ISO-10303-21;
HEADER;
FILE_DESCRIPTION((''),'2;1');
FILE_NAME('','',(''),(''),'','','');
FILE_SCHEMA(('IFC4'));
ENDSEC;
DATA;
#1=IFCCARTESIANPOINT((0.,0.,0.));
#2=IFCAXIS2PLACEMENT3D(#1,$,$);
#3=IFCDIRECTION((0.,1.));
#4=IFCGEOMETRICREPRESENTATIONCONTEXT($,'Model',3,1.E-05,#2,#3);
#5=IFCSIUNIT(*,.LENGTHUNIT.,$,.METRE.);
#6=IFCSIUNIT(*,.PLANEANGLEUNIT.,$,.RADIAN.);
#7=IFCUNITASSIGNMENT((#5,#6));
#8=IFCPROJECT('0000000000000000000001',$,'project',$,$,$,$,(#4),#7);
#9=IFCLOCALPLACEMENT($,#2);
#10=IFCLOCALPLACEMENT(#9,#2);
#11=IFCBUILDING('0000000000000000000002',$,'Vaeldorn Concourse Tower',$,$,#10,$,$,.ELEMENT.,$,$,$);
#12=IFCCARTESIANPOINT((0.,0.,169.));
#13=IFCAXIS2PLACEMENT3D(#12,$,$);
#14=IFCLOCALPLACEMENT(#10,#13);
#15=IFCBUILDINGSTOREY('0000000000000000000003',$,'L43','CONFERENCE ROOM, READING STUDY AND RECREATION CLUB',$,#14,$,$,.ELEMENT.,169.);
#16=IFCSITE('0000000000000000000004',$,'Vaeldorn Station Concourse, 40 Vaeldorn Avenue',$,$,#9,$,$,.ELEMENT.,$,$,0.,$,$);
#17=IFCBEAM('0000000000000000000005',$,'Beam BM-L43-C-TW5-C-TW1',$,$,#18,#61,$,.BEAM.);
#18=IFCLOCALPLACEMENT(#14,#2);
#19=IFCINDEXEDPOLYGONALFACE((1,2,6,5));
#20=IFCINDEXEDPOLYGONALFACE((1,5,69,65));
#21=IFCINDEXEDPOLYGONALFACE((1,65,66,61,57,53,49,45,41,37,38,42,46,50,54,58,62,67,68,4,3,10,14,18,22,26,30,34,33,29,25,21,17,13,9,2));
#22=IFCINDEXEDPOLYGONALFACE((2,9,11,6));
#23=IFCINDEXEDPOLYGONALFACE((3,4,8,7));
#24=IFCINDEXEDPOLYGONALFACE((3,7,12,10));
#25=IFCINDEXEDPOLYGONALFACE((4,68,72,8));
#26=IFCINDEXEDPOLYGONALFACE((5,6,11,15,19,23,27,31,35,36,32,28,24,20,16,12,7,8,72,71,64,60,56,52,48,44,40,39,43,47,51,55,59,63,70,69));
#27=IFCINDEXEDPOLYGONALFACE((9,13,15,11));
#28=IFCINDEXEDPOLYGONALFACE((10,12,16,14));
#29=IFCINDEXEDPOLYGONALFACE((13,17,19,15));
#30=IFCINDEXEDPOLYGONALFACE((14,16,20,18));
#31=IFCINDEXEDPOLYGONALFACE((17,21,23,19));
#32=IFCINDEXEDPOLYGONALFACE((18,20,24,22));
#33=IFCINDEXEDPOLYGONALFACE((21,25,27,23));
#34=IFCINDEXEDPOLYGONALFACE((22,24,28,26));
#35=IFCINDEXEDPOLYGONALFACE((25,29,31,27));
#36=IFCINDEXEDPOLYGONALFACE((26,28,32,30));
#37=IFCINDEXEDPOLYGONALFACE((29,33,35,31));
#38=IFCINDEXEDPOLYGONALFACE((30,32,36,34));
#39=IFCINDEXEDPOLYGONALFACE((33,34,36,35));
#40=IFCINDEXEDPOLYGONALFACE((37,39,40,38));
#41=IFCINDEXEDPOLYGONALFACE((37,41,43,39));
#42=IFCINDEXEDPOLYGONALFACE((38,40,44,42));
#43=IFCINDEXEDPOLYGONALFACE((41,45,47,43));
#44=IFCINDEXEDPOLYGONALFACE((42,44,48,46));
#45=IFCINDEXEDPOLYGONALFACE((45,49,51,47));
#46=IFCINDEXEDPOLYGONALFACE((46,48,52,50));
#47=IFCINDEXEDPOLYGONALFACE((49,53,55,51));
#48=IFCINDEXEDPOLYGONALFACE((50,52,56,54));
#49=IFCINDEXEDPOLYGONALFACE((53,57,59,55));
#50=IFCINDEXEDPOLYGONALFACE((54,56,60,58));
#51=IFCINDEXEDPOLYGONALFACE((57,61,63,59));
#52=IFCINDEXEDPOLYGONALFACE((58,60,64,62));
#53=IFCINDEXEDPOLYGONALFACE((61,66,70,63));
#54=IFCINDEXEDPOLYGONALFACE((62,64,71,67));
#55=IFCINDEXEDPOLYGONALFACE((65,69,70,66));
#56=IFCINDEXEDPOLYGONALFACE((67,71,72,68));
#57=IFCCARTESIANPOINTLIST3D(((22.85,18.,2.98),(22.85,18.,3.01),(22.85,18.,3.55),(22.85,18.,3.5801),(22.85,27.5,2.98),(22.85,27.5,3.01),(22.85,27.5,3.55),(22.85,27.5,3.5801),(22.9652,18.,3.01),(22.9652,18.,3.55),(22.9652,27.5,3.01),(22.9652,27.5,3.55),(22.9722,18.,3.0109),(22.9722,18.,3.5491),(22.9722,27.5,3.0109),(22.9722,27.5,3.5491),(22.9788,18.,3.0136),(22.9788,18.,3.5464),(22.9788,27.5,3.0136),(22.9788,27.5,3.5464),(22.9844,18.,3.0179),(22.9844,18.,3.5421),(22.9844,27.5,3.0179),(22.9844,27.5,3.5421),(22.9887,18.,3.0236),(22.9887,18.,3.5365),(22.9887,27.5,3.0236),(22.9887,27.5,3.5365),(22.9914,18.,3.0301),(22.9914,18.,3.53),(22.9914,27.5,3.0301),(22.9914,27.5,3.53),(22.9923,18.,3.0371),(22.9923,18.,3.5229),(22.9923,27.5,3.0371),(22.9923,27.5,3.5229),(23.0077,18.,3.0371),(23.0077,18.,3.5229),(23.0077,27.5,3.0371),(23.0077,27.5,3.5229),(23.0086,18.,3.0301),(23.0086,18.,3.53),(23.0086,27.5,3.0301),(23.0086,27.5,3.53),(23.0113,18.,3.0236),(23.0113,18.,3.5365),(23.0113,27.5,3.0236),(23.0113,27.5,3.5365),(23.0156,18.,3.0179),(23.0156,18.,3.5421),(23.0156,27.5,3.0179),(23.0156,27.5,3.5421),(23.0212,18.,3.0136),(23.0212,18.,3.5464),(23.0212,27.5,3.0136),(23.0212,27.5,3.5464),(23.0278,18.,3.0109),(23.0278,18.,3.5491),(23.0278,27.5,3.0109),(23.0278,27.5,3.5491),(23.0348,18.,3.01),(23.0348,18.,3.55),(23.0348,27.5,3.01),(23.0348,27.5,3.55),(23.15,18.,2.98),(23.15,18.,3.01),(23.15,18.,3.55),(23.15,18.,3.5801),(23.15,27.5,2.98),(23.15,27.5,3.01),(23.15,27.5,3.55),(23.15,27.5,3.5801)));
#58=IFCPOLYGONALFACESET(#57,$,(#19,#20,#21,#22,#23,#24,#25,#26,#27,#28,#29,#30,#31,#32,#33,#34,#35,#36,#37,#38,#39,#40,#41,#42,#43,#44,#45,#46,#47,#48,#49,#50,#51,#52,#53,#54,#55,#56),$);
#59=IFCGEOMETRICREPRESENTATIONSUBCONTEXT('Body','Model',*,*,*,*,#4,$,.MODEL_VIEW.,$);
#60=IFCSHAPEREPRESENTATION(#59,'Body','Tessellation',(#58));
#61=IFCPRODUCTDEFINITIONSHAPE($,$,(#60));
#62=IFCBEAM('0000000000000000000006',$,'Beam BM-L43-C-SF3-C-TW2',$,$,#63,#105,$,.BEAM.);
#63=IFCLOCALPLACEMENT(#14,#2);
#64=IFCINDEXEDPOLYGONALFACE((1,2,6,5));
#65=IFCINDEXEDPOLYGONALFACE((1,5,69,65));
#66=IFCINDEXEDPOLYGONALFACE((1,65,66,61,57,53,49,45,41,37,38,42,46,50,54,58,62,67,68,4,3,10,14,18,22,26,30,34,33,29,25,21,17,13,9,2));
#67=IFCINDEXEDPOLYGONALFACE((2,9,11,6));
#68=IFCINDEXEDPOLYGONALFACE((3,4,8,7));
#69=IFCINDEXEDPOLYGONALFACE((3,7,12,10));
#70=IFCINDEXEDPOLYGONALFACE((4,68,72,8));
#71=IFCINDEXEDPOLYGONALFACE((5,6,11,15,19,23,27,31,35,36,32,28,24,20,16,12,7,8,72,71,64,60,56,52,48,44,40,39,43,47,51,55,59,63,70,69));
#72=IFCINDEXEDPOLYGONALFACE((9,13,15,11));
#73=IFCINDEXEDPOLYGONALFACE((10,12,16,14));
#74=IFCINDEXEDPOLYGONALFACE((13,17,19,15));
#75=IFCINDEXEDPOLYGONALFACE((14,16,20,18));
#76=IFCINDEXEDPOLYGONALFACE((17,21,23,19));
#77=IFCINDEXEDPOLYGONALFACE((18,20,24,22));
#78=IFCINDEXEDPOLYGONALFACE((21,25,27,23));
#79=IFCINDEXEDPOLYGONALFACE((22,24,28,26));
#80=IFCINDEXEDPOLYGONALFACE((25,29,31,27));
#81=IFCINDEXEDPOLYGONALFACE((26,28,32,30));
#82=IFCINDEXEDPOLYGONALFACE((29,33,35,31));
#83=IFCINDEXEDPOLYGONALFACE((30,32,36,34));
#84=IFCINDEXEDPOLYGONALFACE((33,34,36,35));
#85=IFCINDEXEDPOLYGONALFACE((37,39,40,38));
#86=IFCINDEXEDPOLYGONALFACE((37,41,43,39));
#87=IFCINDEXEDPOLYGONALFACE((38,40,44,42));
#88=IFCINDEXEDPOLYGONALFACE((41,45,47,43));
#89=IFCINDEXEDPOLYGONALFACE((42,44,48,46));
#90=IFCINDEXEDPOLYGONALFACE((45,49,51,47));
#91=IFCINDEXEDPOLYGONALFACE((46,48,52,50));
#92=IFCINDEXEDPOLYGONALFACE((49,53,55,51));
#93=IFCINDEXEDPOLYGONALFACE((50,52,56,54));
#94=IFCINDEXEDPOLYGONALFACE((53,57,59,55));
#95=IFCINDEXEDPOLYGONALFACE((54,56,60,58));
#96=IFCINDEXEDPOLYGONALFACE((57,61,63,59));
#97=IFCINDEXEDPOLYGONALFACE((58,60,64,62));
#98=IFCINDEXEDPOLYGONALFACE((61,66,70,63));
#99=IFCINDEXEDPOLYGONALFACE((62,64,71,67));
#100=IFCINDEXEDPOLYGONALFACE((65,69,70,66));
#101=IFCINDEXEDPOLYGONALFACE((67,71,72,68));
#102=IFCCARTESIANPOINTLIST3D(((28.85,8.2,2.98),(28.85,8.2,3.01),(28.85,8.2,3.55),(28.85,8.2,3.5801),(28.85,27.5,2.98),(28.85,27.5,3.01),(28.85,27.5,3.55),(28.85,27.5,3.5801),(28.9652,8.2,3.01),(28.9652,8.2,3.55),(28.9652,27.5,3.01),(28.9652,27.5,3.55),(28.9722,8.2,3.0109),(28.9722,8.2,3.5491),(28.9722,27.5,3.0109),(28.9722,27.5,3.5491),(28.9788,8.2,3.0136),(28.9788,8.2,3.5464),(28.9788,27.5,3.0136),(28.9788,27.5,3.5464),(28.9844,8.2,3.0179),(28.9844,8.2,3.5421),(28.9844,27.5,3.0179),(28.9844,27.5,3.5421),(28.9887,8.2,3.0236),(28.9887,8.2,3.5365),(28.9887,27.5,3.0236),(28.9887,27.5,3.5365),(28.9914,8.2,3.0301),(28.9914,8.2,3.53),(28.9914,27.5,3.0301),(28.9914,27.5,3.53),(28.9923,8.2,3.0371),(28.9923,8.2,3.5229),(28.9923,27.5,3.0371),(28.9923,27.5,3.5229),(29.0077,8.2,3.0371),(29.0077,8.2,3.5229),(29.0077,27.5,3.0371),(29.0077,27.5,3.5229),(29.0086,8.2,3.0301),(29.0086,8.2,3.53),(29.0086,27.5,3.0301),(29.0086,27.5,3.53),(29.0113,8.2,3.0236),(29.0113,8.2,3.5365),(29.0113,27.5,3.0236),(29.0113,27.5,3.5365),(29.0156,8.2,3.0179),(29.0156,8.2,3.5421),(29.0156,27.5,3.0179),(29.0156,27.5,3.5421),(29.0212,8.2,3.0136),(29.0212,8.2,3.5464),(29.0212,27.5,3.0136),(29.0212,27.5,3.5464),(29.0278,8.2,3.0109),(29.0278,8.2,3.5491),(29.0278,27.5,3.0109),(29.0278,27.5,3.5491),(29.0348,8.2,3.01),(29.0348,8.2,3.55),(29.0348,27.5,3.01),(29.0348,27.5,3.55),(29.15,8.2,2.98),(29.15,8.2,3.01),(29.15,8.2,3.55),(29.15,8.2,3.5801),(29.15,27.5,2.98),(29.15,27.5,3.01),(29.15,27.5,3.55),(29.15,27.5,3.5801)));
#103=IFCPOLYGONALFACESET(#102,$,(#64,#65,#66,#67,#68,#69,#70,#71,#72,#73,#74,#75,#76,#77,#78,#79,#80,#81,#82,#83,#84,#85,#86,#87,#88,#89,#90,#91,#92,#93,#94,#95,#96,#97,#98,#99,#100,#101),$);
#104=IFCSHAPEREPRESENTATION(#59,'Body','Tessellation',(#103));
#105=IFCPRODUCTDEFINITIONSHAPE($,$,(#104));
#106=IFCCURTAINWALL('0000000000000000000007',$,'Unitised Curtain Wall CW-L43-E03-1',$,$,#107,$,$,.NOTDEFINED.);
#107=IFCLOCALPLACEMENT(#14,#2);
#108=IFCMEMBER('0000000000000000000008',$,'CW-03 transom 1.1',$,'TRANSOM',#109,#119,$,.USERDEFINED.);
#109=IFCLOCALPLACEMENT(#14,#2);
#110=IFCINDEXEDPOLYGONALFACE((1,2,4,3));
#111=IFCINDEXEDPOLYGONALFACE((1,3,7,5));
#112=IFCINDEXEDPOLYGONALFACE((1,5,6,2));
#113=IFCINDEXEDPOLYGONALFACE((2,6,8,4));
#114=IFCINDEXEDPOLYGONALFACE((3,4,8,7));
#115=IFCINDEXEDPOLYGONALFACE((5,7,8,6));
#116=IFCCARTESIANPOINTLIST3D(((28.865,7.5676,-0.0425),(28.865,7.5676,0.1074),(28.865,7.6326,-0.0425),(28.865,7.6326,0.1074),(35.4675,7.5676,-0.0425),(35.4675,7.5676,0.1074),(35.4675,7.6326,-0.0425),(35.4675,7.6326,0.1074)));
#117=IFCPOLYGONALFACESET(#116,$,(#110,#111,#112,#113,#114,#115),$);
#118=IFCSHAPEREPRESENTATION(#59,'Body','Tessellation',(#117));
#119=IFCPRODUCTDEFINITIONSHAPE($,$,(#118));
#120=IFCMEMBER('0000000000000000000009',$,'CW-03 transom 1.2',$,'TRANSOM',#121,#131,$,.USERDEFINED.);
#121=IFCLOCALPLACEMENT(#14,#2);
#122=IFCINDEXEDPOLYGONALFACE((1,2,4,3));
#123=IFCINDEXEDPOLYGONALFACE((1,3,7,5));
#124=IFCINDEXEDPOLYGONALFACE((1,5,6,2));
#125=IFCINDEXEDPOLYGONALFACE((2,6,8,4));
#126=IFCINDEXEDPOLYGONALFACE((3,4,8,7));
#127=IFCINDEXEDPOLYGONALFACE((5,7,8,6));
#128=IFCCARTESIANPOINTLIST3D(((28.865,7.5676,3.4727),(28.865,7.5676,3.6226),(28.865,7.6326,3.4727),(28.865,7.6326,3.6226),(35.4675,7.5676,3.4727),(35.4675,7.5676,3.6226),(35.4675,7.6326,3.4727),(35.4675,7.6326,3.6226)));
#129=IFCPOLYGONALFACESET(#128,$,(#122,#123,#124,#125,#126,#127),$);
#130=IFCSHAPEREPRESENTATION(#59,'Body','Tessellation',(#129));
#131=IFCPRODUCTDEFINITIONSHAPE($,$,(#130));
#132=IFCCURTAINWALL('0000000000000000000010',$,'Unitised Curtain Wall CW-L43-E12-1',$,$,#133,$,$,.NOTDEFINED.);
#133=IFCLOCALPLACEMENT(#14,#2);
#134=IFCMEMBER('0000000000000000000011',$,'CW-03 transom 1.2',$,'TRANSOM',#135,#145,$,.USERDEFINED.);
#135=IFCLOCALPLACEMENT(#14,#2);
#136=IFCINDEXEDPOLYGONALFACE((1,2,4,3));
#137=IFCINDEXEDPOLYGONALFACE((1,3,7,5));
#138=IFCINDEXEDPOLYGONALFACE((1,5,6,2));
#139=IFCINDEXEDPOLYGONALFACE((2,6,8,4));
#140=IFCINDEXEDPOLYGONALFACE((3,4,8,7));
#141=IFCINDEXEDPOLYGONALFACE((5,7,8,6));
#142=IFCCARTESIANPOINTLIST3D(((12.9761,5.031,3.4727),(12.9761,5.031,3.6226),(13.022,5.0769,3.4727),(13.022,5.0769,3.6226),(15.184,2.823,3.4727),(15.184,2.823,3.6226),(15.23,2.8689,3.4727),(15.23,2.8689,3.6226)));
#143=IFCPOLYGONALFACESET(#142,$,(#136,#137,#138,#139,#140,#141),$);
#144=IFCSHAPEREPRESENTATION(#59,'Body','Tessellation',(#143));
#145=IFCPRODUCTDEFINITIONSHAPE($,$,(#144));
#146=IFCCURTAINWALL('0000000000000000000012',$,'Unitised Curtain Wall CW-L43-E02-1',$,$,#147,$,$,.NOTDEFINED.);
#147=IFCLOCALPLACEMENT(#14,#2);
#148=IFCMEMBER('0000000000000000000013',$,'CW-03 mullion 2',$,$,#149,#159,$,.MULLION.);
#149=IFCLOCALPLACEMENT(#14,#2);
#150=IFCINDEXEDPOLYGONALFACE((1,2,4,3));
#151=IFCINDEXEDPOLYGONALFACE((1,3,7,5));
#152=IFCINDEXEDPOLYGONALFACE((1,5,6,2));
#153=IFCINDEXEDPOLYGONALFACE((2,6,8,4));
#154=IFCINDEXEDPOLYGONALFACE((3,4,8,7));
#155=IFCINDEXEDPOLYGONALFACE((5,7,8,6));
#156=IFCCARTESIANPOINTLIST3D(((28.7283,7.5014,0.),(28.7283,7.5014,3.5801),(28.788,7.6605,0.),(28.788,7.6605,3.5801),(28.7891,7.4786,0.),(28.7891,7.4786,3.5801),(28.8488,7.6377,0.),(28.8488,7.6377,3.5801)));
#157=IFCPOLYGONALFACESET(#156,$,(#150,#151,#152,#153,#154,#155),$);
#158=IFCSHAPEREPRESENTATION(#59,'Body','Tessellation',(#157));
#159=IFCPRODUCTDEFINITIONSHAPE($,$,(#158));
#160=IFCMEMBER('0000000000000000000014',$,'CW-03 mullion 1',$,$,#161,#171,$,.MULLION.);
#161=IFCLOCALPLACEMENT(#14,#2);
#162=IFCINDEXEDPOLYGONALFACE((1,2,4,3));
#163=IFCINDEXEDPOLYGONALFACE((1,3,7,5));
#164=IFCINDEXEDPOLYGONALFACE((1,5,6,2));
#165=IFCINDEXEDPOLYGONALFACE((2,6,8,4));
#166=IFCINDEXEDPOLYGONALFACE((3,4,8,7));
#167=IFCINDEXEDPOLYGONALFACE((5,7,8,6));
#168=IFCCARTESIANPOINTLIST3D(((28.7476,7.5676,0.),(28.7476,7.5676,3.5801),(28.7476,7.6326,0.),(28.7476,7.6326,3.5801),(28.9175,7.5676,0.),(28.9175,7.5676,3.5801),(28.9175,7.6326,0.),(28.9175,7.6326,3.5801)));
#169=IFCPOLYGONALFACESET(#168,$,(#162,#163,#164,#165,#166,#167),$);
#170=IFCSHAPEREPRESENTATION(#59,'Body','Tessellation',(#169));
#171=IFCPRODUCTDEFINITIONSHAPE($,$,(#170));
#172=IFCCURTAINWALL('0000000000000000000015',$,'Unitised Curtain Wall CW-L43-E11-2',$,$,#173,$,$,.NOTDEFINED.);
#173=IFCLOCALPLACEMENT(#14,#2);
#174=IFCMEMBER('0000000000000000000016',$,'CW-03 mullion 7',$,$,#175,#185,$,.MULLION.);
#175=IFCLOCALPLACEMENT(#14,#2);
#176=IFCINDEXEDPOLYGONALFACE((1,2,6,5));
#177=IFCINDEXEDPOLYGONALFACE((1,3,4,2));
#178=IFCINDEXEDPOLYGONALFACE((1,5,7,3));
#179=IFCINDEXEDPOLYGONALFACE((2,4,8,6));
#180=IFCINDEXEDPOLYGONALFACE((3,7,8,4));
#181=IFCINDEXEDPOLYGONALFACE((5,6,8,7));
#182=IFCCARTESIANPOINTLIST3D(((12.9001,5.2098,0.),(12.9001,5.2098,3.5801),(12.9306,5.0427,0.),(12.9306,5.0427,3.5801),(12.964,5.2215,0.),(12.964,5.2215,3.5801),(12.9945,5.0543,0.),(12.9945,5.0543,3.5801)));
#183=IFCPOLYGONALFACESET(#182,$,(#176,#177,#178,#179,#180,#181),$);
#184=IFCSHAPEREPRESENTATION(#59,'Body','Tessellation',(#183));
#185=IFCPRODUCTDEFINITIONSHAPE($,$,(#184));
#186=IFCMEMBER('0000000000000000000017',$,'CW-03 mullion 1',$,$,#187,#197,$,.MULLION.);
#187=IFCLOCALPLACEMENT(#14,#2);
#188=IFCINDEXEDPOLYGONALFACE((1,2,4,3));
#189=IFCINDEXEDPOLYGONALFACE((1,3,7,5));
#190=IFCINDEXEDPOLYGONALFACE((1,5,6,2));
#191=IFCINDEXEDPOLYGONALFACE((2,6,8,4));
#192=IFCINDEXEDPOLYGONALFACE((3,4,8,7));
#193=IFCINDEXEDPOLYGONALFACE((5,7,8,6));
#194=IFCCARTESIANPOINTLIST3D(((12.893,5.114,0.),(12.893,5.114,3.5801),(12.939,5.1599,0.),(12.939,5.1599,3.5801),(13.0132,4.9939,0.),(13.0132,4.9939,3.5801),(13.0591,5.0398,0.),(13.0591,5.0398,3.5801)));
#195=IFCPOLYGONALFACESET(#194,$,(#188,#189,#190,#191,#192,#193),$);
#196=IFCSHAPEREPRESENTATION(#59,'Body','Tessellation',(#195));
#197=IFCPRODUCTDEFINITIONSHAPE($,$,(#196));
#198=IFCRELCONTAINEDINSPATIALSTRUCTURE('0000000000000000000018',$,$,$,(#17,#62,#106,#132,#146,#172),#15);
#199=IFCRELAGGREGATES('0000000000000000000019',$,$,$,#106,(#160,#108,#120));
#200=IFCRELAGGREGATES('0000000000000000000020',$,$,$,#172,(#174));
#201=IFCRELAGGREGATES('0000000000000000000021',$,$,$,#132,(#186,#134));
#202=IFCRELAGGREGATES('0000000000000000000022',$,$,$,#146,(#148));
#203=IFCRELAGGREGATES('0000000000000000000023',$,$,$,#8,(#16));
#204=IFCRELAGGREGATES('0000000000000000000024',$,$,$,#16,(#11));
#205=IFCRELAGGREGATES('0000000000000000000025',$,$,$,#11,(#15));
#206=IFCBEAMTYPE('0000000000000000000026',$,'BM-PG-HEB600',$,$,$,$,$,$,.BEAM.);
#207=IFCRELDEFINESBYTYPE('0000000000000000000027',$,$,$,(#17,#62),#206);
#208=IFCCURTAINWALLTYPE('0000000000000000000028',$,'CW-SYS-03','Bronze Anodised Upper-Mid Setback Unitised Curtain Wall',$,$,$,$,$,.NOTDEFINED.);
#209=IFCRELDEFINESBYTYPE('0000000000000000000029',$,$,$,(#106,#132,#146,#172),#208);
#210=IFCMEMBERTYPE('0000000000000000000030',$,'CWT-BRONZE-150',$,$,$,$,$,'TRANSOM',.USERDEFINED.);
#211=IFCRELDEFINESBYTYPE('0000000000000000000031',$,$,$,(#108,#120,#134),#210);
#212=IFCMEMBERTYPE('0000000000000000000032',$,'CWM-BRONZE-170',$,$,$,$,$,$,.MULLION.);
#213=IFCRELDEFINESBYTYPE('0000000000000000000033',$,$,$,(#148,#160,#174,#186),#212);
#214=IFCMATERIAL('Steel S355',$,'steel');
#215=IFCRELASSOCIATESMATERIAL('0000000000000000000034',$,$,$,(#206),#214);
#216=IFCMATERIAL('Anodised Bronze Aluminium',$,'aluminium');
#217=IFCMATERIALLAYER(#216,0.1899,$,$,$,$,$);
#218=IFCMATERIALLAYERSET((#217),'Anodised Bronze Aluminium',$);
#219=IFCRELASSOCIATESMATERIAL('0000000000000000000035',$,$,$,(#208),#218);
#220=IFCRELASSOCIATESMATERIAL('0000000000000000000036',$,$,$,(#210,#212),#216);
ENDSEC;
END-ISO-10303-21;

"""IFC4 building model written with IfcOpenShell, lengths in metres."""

from ifc_helpers import new_model, si_unit, direction, frame, origin, origin_2d, place, context, subcontext, project, spatial, rectangle, i_section, extrude, source, transform, mapped, material, layer, layer_set, material_profile, profile_set, type_object, element, aggregate, save


model = new_model("IFC4")

# Units and contexts
model_context = context("Model", 3, precision=1e-05, world=origin(), true_north=direction((0.0, 1.0)))
body_context = subcontext(model_context, "Body", "Model", "MODEL_VIEW")
ifc_project = project(units=[si_unit("LENGTHUNIT", "METRE"), si_unit("PLANEANGLEUNIT", "RADIAN")], contexts=[model_context])

# Site, building, storey
site_placement = place(None, origin())
site = spatial("IfcSite", under=ifc_project, at=site_placement, Name="Vaeldorn Station Concourse, 40 Vaeldorn Avenue", CompositionType="ELEMENT", RefElevation=0.0)
building_placement = place(site_placement, origin())
building = spatial("IfcBuilding", under=site, at=building_placement, Name="Vaeldorn Concourse Tower", CompositionType="ELEMENT")
storey_placement = place(building_placement, frame((0.0, 0.0, 169.0)))
storey = spatial("IfcBuildingStorey", under=building, at=storey_placement, Name="L43", Description="CONFERENCE ROOM, READING STUDY AND RECREATION CLUB", CompositionType="ELEMENT", Elevation=169.0)

# Beams
ifc_material_1 = material(Name="Steel S355", Category="steel")
ifc_material_profile_1 = material_profile(ifc_material_1, i_section(OverallWidth=0.3, OverallDepth=0.6001, WebThickness=0.0154, FlangeThickness=0.03, FilletRadius=0.0271, at=origin_2d()), Name="HEB 600")
ifc_profile_set_1 = profile_set([ifc_material_profile_1], Name="Steel S355")
beam_type_1 = type_object("IfcBeamType", Name="BM-PG-HEB600", PredefinedType="BEAM", material=ifc_profile_set_1)
shared_shape_1 = source(origin(), body_context, "Body", "SweptSolid", [
    extrude(i_section(OverallWidth=0.3, OverallDepth=0.6001, WebThickness=0.0154, FlangeThickness=0.03, FilletRadius=0.0271, at=origin_2d()), origin(), (0.0, 0.0, 1.0), 9.5),
])
beam_1_placement = place(storey_placement, frame((23.0, 18.0, 3.28), z_axis=(0.0, 1.0, 0.0), x_axis=(-1.0, 0.0, 0.0)))
element("IfcBeam", 1, at=beam_1_placement, inside=storey, type_object=beam_type_1, Name="Beam BM-L43-C-TW5-C-TW1", PredefinedType="BEAM", context=body_context, shape_type="MappedRepresentation", body=[
    mapped(shared_shape_1, transform((0.0, 0.0, 0.0), scale=1.0)),
])
shared_shape_2 = source(origin(), body_context, "Body", "SweptSolid", [
    extrude(i_section(OverallWidth=0.3, OverallDepth=0.6001, WebThickness=0.0154, FlangeThickness=0.03, FilletRadius=0.0271, at=origin_2d()), origin(), (0.0, 0.0, 1.0), 19.3),
])
beam_2_placement = place(storey_placement, frame((29.0, 8.2, 3.28), z_axis=(0.0, 1.0, 0.0), x_axis=(-1.0, 0.0, 0.0)))
element("IfcBeam", 2, at=beam_2_placement, inside=storey, type_object=beam_type_1, Name="Beam BM-L43-C-SF3-C-TW2", PredefinedType="BEAM", context=body_context, shape_type="MappedRepresentation", body=[
    mapped(shared_shape_2, transform((0.0, 0.0, 0.0), scale=1.0)),
])

# Curtain wall, members
ifc_material_2 = material(Name="Anodised Bronze Aluminium", Category="aluminium")
ifc_layer_1 = layer(ifc_material_2, 0.1899)
ifc_layer_set_1 = layer_set([ifc_layer_1], Name="Anodised Bronze Aluminium")
curtain_wall_type = type_object("IfcCurtainWallType", Name="CW-SYS-03", Description="Bronze Anodised Upper-Mid Setback Unitised Curtain Wall", PredefinedType="NOTDEFINED", material=ifc_layer_set_1)
curtain_wall_1_placement = place(storey_placement, origin())
curtain_wall_1 = element("IfcCurtainWall", 3, at=curtain_wall_1_placement, inside=storey, type_object=curtain_wall_type, Name="Unitised Curtain Wall CW-L43-E03-1", PredefinedType="NOTDEFINED")
ifc_material_profile_2 = material_profile(ifc_material_2, rectangle(XDim=0.0649, YDim=0.1499, at=origin_2d()), Name="CWT 65x150")
ifc_profile_set_2 = profile_set([ifc_material_profile_2], Name="Anodised Bronze Aluminium")
member_type_1 = type_object("IfcMemberType", Name="CWT-BRONZE-150", ElementType="TRANSOM", PredefinedType="USERDEFINED", material=ifc_profile_set_2)
shared_shape_3 = source(origin(), body_context, "Body", "SweptSolid", [
    extrude(rectangle(XDim=0.0649, YDim=0.1499, at=origin_2d()), origin(), (0.0, 0.0, 1.0), 6.6025),
])
member_1_placement = place(storey_placement, frame((28.865, 7.6001, 0.0325), z_axis=(1.0, 0.0, 0.0), x_axis=(0.0, 1.0, 0.0)))
member_1 = element("IfcMember", 4, at=member_1_placement, type_object=member_type_1, Name="CW-03 transom 1.1", ObjectType="TRANSOM", PredefinedType="USERDEFINED", context=body_context, shape_type="MappedRepresentation", body=[
    mapped(shared_shape_3, transform((0.0, 0.0, 0.0), scale=1.0)),
])
member_2_placement = place(storey_placement, frame((28.865, 7.6001, 3.5476), z_axis=(1.0, 0.0, 0.0), x_axis=(0.0, 1.0, 0.0)))
member_2 = element("IfcMember", 5, at=member_2_placement, type_object=member_type_1, Name="CW-03 transom 1.2", ObjectType="TRANSOM", PredefinedType="USERDEFINED", context=body_context, shape_type="MappedRepresentation", body=[
    mapped(shared_shape_3, transform((0.0, 0.0, 0.0), scale=1.0)),
])

# Curtain walls, members
curtain_wall_2_placement = place(storey_placement, origin())
curtain_wall_2 = element("IfcCurtainWall", 6, at=curtain_wall_2_placement, inside=storey, type_object=curtain_wall_type, Name="Unitised Curtain Wall CW-L43-E12-1", PredefinedType="NOTDEFINED")
shared_shape_4 = source(origin(), body_context, "Body", "SweptSolid", [
    extrude(rectangle(XDim=0.0649, YDim=0.1499, at=origin_2d()), origin(), (0.0, 0.0, 1.0), 3.1226),
])
member_3_placement = place(storey_placement, frame((12.999, 5.054, 3.5476), z_axis=(0.707107, -0.707107, 0.0), x_axis=(0.707107, 0.707107, 0.0)))
member_3 = element("IfcMember", 7, at=member_3_placement, type_object=member_type_1, Name="CW-03 transom 1.2", ObjectType="TRANSOM", PredefinedType="USERDEFINED", context=body_context, shape_type="MappedRepresentation", body=[
    mapped(shared_shape_4, transform((0.0, 0.0, 0.0), scale=1.0)),
])
curtain_wall_3_placement = place(storey_placement, origin())
curtain_wall_3 = element("IfcCurtainWall", 8, at=curtain_wall_3_placement, inside=storey, type_object=curtain_wall_type, Name="Unitised Curtain Wall CW-L43-E02-1", PredefinedType="NOTDEFINED")
ifc_material_profile_3 = material_profile(ifc_material_2, rectangle(XDim=0.0649, YDim=0.1699, at=origin_2d()), Name="CWM 65x170")
ifc_profile_set_3 = profile_set([ifc_material_profile_3], Name="Anodised Bronze Aluminium")
member_type_2 = type_object("IfcMemberType", Name="CWM-BRONZE-170", PredefinedType="MULLION", material=ifc_profile_set_3)
shared_shape_5 = source(origin(), body_context, "Body", "SweptSolid", [
    extrude(rectangle(XDim=0.0649, YDim=0.1699, at=origin_2d()), origin(), (0.0, 0.0, 1.0), 3.5801),
])
member_4_placement = place(storey_placement, frame((28.7886, 7.5696, 0.0), z_axis=(0.0, 0.0, 1.0), x_axis=(-0.936329, 0.351123, 0.0)))
member_4 = element("IfcMember", 9, at=member_4_placement, type_object=member_type_2, Name="CW-03 mullion 2", PredefinedType="MULLION", context=body_context, shape_type="MappedRepresentation", body=[
    mapped(shared_shape_5, transform((0.0, 0.0, 0.0), scale=1.0)),
])

# Member
member_5_placement = place(storey_placement, frame((28.8325, 7.6001, 0.0), z_axis=(0.0, 0.0, 1.0), x_axis=(0.0, 1.0, 0.0)))
member_5 = element("IfcMember", 10, at=member_5_placement, type_object=member_type_2, Name="CW-03 mullion 1", PredefinedType="MULLION", context=body_context, shape_type="MappedRepresentation", body=[
    mapped(shared_shape_5, transform((0.0, 0.0, 0.0), scale=1.0)),
])
aggregate(curtain_wall_1, [member_5, member_1, member_2])

# Curtain wall, member
curtain_wall_4_placement = place(storey_placement, origin())
curtain_wall_4 = element("IfcCurtainWall", 11, at=curtain_wall_4_placement, inside=storey, type_object=curtain_wall_type, Name="Unitised Curtain Wall CW-L43-E11-2", PredefinedType="NOTDEFINED")
member_6_placement = place(storey_placement, frame((12.9473, 5.1321, 0.0), z_axis=(0.0, 0.0, 1.0), x_axis=(0.983768, 0.179446, 0.0)))
member_6 = element("IfcMember", 12, at=member_6_placement, type_object=member_type_2, Name="CW-03 mullion 7", PredefinedType="MULLION", context=body_context, shape_type="MappedRepresentation", body=[
    mapped(shared_shape_5, transform((0.0, 0.0, 0.0), scale=1.0)),
])
aggregate(curtain_wall_4, [member_6])

# Member
member_7_placement = place(storey_placement, frame((12.9761, 5.0769, 0.0), z_axis=(0.0, 0.0, 1.0), x_axis=(0.707107, 0.707107, 0.0)))
member_7 = element("IfcMember", 13, at=member_7_placement, type_object=member_type_2, Name="CW-03 mullion 1", PredefinedType="MULLION", context=body_context, shape_type="MappedRepresentation", body=[
    mapped(shared_shape_5, transform((0.0, 0.0, 0.0), scale=1.0)),
])
aggregate(curtain_wall_2, [member_7, member_3])

aggregate(curtain_wall_3, [member_4])

save(model, "model.ifc")
